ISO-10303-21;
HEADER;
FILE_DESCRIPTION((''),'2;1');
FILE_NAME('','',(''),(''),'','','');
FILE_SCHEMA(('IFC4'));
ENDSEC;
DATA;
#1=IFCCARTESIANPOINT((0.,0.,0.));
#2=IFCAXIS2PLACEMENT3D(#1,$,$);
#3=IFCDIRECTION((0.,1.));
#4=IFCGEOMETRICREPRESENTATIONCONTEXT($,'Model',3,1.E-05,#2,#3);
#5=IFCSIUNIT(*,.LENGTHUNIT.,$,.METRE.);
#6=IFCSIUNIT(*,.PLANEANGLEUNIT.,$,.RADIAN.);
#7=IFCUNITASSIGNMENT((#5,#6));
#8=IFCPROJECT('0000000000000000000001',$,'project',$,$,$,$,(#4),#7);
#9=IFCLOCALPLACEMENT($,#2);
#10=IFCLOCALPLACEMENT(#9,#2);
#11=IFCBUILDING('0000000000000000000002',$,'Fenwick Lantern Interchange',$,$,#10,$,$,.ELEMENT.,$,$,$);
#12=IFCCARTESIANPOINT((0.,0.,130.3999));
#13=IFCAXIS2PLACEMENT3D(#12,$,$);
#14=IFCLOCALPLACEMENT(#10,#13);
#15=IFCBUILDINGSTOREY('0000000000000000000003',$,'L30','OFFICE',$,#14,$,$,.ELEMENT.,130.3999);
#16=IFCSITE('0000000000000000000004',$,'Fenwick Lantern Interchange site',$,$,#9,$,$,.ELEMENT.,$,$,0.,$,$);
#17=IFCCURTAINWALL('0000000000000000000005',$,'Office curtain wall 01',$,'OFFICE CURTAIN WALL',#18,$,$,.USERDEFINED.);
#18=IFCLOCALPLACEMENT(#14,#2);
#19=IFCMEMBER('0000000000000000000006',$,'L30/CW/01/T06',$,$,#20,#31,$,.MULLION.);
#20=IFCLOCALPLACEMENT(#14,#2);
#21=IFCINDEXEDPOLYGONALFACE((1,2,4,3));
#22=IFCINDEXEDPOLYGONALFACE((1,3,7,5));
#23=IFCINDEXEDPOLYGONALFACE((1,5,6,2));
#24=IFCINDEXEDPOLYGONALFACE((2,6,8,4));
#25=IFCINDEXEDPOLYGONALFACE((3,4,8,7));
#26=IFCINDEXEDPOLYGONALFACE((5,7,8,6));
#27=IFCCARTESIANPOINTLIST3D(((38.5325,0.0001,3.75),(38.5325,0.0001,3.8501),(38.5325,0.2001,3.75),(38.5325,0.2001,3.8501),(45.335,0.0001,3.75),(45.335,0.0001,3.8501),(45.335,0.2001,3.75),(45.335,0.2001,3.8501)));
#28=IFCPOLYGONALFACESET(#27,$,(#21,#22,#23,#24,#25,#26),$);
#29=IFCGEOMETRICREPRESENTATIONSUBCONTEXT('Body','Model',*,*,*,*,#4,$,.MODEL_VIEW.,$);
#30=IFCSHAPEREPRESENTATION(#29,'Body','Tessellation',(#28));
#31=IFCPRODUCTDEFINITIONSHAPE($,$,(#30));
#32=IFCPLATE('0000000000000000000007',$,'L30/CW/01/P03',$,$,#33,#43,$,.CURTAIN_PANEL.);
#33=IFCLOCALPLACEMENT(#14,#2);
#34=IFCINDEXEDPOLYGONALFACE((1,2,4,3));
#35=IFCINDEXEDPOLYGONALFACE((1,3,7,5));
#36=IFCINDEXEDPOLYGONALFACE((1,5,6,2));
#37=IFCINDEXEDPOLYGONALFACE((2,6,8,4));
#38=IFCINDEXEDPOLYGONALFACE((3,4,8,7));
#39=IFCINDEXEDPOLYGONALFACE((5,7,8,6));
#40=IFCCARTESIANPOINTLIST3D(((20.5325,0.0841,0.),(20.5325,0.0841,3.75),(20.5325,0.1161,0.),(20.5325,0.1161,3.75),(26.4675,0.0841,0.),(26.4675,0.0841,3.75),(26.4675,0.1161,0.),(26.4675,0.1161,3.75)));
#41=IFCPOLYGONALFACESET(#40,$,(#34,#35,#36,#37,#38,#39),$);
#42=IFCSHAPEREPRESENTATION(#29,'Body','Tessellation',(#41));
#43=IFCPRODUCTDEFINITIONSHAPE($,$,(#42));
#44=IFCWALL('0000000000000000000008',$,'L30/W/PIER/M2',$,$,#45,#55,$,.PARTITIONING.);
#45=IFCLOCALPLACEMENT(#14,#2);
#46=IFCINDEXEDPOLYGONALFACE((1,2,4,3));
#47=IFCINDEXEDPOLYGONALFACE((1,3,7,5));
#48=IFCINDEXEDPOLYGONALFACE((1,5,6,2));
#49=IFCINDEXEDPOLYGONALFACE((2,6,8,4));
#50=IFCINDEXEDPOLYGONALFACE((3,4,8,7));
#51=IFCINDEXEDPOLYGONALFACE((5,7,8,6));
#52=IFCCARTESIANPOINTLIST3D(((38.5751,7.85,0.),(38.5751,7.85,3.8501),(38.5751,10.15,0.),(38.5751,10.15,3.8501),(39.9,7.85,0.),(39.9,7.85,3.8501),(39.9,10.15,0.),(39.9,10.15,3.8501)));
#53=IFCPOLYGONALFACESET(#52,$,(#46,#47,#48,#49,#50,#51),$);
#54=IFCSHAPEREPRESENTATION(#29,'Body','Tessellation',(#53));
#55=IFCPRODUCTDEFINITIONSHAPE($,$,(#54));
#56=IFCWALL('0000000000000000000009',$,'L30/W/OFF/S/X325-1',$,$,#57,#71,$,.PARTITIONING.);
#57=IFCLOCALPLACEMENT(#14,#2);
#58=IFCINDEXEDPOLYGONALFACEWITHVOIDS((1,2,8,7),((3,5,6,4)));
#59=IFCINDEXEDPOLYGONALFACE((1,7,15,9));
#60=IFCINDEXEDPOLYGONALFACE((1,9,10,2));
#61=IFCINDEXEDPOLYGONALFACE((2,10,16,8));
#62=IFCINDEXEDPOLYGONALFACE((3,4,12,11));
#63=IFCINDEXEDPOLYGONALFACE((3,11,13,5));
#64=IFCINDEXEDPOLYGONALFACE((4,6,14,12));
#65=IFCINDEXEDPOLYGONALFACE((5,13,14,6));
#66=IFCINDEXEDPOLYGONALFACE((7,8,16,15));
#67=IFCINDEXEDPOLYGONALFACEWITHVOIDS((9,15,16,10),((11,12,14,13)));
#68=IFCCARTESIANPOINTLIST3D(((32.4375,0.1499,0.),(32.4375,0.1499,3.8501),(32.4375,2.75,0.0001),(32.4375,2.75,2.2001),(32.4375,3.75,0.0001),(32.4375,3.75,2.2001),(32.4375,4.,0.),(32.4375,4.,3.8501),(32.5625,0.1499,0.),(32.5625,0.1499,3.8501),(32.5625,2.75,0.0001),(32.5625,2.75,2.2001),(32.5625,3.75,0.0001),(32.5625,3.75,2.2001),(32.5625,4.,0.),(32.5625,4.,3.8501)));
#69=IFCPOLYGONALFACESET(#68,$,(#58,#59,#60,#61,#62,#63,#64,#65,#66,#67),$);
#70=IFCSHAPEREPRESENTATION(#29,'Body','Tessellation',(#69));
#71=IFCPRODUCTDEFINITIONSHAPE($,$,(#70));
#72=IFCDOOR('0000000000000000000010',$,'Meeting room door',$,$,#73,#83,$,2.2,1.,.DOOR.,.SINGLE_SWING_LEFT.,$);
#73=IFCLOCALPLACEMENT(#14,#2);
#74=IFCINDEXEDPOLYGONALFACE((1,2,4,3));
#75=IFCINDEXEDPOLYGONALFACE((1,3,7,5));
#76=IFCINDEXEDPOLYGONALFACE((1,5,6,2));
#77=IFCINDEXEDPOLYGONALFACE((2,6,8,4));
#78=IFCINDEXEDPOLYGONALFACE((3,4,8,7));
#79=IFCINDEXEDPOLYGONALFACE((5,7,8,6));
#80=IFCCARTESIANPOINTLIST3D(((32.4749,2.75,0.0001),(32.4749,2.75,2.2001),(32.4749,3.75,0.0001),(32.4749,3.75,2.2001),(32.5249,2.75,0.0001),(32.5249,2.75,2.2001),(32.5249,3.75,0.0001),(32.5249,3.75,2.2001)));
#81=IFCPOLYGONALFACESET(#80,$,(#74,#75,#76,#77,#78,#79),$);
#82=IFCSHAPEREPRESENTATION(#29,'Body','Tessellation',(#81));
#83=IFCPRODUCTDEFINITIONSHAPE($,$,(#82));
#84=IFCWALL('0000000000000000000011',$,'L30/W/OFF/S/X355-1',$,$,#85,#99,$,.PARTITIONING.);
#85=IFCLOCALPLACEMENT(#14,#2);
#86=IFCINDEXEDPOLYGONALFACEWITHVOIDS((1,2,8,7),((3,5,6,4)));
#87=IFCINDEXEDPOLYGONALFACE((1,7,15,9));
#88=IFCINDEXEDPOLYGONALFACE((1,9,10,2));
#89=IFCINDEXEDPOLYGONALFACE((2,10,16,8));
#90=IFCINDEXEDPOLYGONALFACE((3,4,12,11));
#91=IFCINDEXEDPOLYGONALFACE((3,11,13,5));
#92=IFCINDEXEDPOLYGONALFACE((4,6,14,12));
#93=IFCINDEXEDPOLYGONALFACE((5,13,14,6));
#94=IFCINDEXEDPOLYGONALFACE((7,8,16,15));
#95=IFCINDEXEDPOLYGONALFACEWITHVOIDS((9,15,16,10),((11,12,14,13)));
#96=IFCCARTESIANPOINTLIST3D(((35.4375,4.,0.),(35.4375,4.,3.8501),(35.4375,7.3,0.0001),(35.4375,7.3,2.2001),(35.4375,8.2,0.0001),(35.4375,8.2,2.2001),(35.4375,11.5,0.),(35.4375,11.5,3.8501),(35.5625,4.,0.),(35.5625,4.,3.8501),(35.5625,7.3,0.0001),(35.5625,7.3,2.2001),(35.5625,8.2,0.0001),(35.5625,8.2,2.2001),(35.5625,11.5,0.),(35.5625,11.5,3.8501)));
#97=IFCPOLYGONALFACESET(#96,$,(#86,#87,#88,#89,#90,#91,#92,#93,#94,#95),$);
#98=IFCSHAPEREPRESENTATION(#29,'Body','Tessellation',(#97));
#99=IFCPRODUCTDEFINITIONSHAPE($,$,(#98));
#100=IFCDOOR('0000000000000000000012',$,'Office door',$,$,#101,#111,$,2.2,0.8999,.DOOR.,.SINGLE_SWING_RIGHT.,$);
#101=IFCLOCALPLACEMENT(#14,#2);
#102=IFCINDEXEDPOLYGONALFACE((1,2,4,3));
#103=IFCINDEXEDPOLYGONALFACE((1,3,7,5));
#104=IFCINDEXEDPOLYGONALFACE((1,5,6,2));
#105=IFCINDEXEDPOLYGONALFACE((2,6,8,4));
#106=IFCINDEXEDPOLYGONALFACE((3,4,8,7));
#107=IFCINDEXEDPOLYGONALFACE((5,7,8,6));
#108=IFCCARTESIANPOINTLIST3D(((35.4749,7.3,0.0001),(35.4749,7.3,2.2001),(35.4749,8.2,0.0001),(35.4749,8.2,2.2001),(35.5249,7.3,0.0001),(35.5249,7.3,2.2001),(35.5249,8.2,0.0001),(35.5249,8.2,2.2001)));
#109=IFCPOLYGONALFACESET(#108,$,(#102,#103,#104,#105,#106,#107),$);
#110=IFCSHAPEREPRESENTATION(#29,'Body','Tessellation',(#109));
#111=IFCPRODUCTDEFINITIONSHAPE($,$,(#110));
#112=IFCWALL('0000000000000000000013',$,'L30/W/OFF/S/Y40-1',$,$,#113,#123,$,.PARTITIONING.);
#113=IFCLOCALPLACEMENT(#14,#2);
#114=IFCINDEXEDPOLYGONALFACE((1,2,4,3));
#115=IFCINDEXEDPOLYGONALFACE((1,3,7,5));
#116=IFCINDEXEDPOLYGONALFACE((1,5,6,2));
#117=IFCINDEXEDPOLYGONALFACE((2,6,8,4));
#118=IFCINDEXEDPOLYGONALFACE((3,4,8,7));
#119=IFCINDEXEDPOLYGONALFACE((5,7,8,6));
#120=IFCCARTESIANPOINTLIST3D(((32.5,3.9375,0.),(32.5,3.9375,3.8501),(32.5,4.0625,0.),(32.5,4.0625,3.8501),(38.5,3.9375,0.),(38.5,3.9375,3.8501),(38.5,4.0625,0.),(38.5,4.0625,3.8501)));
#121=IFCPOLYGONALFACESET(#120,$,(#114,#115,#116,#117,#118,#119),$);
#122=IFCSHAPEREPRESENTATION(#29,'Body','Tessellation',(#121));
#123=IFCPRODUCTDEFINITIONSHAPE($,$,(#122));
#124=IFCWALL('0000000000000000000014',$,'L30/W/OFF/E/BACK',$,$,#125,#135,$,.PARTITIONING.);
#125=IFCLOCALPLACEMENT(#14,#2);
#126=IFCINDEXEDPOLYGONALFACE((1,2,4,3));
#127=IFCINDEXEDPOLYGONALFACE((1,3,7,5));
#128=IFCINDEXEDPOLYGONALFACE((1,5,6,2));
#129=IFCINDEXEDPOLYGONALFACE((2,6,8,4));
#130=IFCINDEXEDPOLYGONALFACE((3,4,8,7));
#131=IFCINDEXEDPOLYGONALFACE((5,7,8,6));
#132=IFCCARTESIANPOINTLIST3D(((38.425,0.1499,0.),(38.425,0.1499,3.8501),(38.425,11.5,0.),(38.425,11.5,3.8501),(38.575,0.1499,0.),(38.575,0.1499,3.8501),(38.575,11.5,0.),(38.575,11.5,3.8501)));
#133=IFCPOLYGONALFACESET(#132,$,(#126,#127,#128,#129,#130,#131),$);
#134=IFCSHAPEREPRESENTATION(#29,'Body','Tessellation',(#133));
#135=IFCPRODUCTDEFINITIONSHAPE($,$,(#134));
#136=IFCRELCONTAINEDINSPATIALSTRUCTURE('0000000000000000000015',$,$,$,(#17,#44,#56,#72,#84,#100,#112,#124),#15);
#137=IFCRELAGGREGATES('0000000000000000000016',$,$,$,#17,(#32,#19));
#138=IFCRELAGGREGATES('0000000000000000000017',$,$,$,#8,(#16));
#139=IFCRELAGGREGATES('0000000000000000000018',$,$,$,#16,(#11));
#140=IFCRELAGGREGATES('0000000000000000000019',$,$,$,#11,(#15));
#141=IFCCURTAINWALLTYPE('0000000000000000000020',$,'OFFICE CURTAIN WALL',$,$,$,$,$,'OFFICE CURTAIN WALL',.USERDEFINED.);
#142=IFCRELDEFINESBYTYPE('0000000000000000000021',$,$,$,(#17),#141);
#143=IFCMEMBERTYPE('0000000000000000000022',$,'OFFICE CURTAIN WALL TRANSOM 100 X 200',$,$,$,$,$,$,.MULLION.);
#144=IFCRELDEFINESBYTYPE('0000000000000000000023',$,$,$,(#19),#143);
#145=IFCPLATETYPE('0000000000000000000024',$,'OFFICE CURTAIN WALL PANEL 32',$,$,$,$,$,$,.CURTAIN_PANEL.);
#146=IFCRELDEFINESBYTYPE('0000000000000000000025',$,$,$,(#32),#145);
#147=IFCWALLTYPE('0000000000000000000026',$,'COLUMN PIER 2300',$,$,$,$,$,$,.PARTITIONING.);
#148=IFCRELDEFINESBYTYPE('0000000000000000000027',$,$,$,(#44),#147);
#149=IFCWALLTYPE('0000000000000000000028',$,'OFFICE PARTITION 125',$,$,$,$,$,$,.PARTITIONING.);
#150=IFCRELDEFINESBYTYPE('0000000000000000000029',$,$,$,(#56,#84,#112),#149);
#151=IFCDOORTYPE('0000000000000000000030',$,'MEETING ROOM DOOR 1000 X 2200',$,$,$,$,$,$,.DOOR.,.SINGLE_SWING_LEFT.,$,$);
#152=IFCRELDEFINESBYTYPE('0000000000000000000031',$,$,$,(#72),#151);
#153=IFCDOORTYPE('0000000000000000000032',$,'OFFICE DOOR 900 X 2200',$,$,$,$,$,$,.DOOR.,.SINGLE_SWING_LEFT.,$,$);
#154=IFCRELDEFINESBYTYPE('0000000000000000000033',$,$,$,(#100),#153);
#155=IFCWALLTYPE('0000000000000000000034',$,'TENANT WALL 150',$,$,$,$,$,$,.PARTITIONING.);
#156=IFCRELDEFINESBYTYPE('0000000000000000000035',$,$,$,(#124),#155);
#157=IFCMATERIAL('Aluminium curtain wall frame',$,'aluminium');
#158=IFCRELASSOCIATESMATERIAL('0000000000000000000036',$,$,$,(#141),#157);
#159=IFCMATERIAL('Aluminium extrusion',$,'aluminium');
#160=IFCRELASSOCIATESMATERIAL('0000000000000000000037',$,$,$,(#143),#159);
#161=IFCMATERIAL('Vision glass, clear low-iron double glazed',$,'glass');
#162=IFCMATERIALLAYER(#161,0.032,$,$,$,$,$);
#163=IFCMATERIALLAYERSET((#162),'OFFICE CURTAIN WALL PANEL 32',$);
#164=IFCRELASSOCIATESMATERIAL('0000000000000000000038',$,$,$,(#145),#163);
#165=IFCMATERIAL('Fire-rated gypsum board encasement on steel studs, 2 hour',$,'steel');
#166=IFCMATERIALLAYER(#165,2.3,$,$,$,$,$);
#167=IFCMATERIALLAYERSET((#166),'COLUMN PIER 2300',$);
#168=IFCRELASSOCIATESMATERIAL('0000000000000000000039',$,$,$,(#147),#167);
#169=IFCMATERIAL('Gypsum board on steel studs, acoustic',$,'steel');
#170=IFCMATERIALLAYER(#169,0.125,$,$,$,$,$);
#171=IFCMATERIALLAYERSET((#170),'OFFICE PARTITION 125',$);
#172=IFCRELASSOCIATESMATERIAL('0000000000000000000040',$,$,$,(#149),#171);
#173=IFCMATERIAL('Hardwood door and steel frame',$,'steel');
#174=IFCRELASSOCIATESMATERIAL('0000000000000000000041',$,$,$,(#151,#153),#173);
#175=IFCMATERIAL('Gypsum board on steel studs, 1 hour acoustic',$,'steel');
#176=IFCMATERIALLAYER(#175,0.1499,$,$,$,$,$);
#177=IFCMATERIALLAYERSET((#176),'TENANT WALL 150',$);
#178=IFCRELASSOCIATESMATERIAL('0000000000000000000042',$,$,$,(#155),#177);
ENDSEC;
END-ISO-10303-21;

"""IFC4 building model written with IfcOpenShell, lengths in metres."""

from ifc_helpers import new_model, si_unit, direction, frame, frame_2d, origin, origin_2d, place, context, subcontext, project, spatial, rectangle, extrude, material, layer, layer_set, material_profile, profile_set, type_object, element, fill, aggregate, save


model = new_model("IFC4")

# Units and contexts
model_context = context("Model", 3, precision=1e-05, world=origin(), true_north=direction((0.0, 1.0)))
body_context = subcontext(model_context, "Body", "Model", "MODEL_VIEW")
ifc_project = project(units=[si_unit("LENGTHUNIT", "METRE"), si_unit("PLANEANGLEUNIT", "RADIAN")], contexts=[model_context])

# Site, building, storey
site_placement = place(None, origin())
site = spatial("IfcSite", under=ifc_project, at=site_placement, Name="Fenwick Lantern Interchange site", CompositionType="ELEMENT", RefElevation=0.0)
building_placement = place(site_placement, origin())
building = spatial("IfcBuilding", under=site, at=building_placement, Name="Fenwick Lantern Interchange", CompositionType="ELEMENT")
storey_placement = place(building_placement, frame((0.0, 0.0, 130.3999)))
storey = spatial("IfcBuildingStorey", under=building, at=storey_placement, Name="L30", Description="OFFICE", CompositionType="ELEMENT", Elevation=130.3999)

# Curtain wall, member, plate
ifc_material_1 = material(Name="Aluminium curtain wall frame", Category="aluminium")
curtain_wall_type = type_object("IfcCurtainWallType", Name="OFFICE CURTAIN WALL", ElementType="OFFICE CURTAIN WALL", PredefinedType="USERDEFINED", material=ifc_material_1)
curtain_wall_placement = place(storey_placement, origin())
curtain_wall = element("IfcCurtainWall", 1, at=curtain_wall_placement, inside=storey, type_object=curtain_wall_type, Name="Office curtain wall 01", ObjectType="OFFICE CURTAIN WALL", PredefinedType="USERDEFINED")
ifc_material_2 = material(Name="Aluminium extrusion", Category="aluminium")
ifc_material_profile_1 = material_profile(ifc_material_2, rectangle(XDim=0.2, YDim=0.1001, at=origin_2d()), Name="OFFICE CURTAIN WALL TRANSOM 100 X 200")
ifc_profile_set_1 = profile_set([ifc_material_profile_1], Name="Aluminium extrusion")
member_type_1 = type_object("IfcMemberType", Name="OFFICE CURTAIN WALL TRANSOM 100 X 200", PredefinedType="MULLION", material=ifc_profile_set_1)
member_1_placement = place(storey_placement, frame((38.5325, 0.1001, 3.8), z_axis=(1.0, 0.0, 0.0), x_axis=(0.0, 1.0, 0.0)))
member_1 = element("IfcMember", 2, at=member_1_placement, type_object=member_type_1, Name="L30/CW/01/T06", PredefinedType="MULLION", context=body_context, shape_type="SweptSolid", body=[
    extrude(rectangle(XDim=0.2, YDim=0.1001, at=origin_2d()), origin(), (0.0, 0.0, 1.0), 6.8025),
])
ifc_material_3 = material(Name="Vision glass, clear low-iron double glazed", Category="glass")
ifc_layer_1 = layer(ifc_material_3, 0.032)
ifc_layer_set_1 = layer_set([ifc_layer_1], Name="OFFICE CURTAIN WALL PANEL 32")
plate_type = type_object("IfcPlateType", Name="OFFICE CURTAIN WALL PANEL 32", PredefinedType="CURTAIN_PANEL", material=ifc_layer_set_1)
plate_placement = place(storey_placement, frame((23.5, 0.1001, 0.0), z_axis=(0.0, 0.0, 1.0), x_axis=(1.0, 0.0, 0.0)))
plate = element("IfcPlate", 3, at=plate_placement, type_object=plate_type, Name="L30/CW/01/P03", PredefinedType="CURTAIN_PANEL", context=body_context, shape_type="SweptSolid", body=[
    extrude(rectangle(XDim=5.9351, YDim=0.032, at=origin_2d()), origin(), (0.0, 0.0, 1.0), 3.75),
])
aggregate(curtain_wall, [plate, member_1])

# Wall
ifc_material_4 = material(Name="Fire-rated gypsum board encasement on steel studs, 2 hour", Category="steel")
ifc_layer_2 = layer(ifc_material_4, 2.3)
ifc_layer_set_2 = layer_set([ifc_layer_2], Name="COLUMN PIER 2300")
wall_type_1 = type_object("IfcWallType", Name="COLUMN PIER 2300", PredefinedType="PARTITIONING", material=ifc_layer_set_2)
wall_1_placement = place(storey_placement, frame((38.575, 9.0, 0.0), z_axis=(0.0, 0.0, 1.0), x_axis=(1.0, 0.0, 0.0)))
element("IfcWall", 4, at=wall_1_placement, inside=storey, type_object=wall_type_1, Name="L30/W/PIER/M2", PredefinedType="PARTITIONING", context=body_context, shape_type="SweptSolid", body=[
    extrude(rectangle(XDim=1.325, YDim=2.3, at=frame_2d((0.6626, 0.0))), origin(), (0.0, 0.0, 1.0), 3.8501),
])

# Walls, openings, doors
ifc_material_5 = material(Name="Gypsum board on steel studs, acoustic", Category="steel")
ifc_layer_3 = layer(ifc_material_5, 0.125)
ifc_layer_set_3 = layer_set([ifc_layer_3], Name="OFFICE PARTITION 125")
wall_type_2 = type_object("IfcWallType", Name="OFFICE PARTITION 125", PredefinedType="PARTITIONING", material=ifc_layer_set_3)
wall_2_placement = place(storey_placement, frame((32.5, 0.1499, 0.0), z_axis=(0.0, 0.0, 1.0), x_axis=(0.0, 1.0, 0.0)))
wall_2 = element("IfcWall", 5, at=wall_2_placement, inside=storey, type_object=wall_type_2, Name="L30/W/OFF/S/X325-1", PredefinedType="PARTITIONING", context=body_context, shape_type="SweptSolid", body=[
    extrude(rectangle(XDim=3.8501, YDim=0.125, at=frame_2d((1.925, 0.0))), origin(), (0.0, 0.0, 1.0), 3.8501),
])
opening_1_placement = place(wall_2_placement, frame((2.6001, 0.0, 0.0)))
opening_1 = element("IfcOpeningElement", 6, at=opening_1_placement, cuts=wall_2, PredefinedType="OPENING", context=body_context, shape_type="SweptSolid", body=[
    extrude(rectangle(XDim=1.0, YDim=2.2, at=frame_2d((0.5, 1.1001))), frame((0.0, 0.0725, 0.0), z_axis=(0.0, -1.0, 0.0), x_axis=(1.0, 0.0, 0.0)), (0.0, 0.0, 1.0), 0.145),
])
ifc_material_6 = material(Name="Hardwood door and steel frame", Category="steel")
door_type_1 = type_object("IfcDoorType", Name="MEETING ROOM DOOR 1000 X 2200", OperationType="SINGLE_SWING_LEFT", PredefinedType="DOOR", material=ifc_material_6)
door_1_placement = place(opening_1_placement, frame((1.0, 0.0, 0.0), z_axis=(0.0, 0.0, 1.0), x_axis=(-1.0, 0.0, 0.0)))
door_1 = element("IfcDoor", 7, at=door_1_placement, inside=storey, type_object=door_type_1, Name="Meeting room door", OperationType="SINGLE_SWING_LEFT", OverallHeight=2.2, OverallWidth=1.0, PredefinedType="DOOR", context=body_context, shape_type="SweptSolid", body=[
    extrude(rectangle(XDim=1.0, YDim=2.2, at=frame_2d((0.5, 1.1001))), frame((0.0, 0.0249, 0.0), z_axis=(0.0, -1.0, 0.0), x_axis=(1.0, 0.0, 0.0)), (0.0, 0.0, 1.0), 0.05),
])
fill(opening_1, door_1)
wall_3_placement = place(storey_placement, frame((35.5, 4.0, 0.0), z_axis=(0.0, 0.0, 1.0), x_axis=(0.0, 1.0, 0.0)))
wall_3 = element("IfcWall", 8, at=wall_3_placement, inside=storey, type_object=wall_type_2, Name="L30/W/OFF/S/X355-1", PredefinedType="PARTITIONING", context=body_context, shape_type="SweptSolid", body=[
    extrude(rectangle(XDim=7.5, YDim=0.125, at=frame_2d((3.75, 0.0))), origin(), (0.0, 0.0, 1.0), 3.8501),
])
opening_2_placement = place(wall_3_placement, frame((3.3, 0.0, 0.0)))
opening_2 = element("IfcOpeningElement", 9, at=opening_2_placement, cuts=wall_3, PredefinedType="OPENING", context=body_context, shape_type="SweptSolid", body=[
    extrude(rectangle(XDim=0.8999, YDim=2.2, at=frame_2d((0.45, 1.1001))), frame((0.0, 0.0725, 0.0), z_axis=(0.0, -1.0, 0.0), x_axis=(1.0, 0.0, 0.0)), (0.0, 0.0, 1.0), 0.145),
])
door_type_2 = type_object("IfcDoorType", Name="OFFICE DOOR 900 X 2200", OperationType="SINGLE_SWING_LEFT", PredefinedType="DOOR", material=ifc_material_6)
door_2_placement = place(opening_2_placement, frame((0.8999, 0.0, 0.0), z_axis=(0.0, 0.0, 1.0), x_axis=(-1.0, 0.0, 0.0)))
door_2 = element("IfcDoor", 10, at=door_2_placement, inside=storey, type_object=door_type_2, Name="Office door", OperationType="SINGLE_SWING_RIGHT", OverallHeight=2.2, OverallWidth=0.8999, PredefinedType="DOOR", context=body_context, shape_type="SweptSolid", body=[
    extrude(rectangle(XDim=0.8999, YDim=2.2, at=frame_2d((0.45, 1.1001))), frame((0.0, 0.0249, 0.0), z_axis=(0.0, -1.0, 0.0), x_axis=(1.0, 0.0, 0.0)), (0.0, 0.0, 1.0), 0.05),
])
fill(opening_2, door_2)

# Walls
wall_4_placement = place(storey_placement, frame((32.5, 4.0, 0.0), z_axis=(0.0, 0.0, 1.0), x_axis=(1.0, 0.0, 0.0)))
element("IfcWall", 11, at=wall_4_placement, inside=storey, type_object=wall_type_2, Name="L30/W/OFF/S/Y40-1", PredefinedType="PARTITIONING", context=body_context, shape_type="SweptSolid", body=[
    extrude(rectangle(XDim=6.0, YDim=0.125, at=frame_2d((3.0, 0.0))), origin(), (0.0, 0.0, 1.0), 3.8501),
])
ifc_material_7 = material(Name="Gypsum board on steel studs, 1 hour acoustic", Category="steel")
ifc_layer_4 = layer(ifc_material_7, 0.1499)
ifc_layer_set_4 = layer_set([ifc_layer_4], Name="TENANT WALL 150")
wall_type_3 = type_object("IfcWallType", Name="TENANT WALL 150", PredefinedType="PARTITIONING", material=ifc_layer_set_4)
wall_5_placement = place(storey_placement, frame((38.5, 0.1499, 0.0), z_axis=(0.0, 0.0, 1.0), x_axis=(0.0, 1.0, 0.0)))
element("IfcWall", 12, at=wall_5_placement, inside=storey, type_object=wall_type_3, Name="L30/W/OFF/E/BACK", PredefinedType="PARTITIONING", context=body_context, shape_type="SweptSolid", body=[
    extrude(rectangle(XDim=11.3501, YDim=0.1499, at=frame_2d((5.675, 0.0))), origin(), (0.0, 0.0, 1.0), 3.8501),
])

save(model, "model.ifc")
